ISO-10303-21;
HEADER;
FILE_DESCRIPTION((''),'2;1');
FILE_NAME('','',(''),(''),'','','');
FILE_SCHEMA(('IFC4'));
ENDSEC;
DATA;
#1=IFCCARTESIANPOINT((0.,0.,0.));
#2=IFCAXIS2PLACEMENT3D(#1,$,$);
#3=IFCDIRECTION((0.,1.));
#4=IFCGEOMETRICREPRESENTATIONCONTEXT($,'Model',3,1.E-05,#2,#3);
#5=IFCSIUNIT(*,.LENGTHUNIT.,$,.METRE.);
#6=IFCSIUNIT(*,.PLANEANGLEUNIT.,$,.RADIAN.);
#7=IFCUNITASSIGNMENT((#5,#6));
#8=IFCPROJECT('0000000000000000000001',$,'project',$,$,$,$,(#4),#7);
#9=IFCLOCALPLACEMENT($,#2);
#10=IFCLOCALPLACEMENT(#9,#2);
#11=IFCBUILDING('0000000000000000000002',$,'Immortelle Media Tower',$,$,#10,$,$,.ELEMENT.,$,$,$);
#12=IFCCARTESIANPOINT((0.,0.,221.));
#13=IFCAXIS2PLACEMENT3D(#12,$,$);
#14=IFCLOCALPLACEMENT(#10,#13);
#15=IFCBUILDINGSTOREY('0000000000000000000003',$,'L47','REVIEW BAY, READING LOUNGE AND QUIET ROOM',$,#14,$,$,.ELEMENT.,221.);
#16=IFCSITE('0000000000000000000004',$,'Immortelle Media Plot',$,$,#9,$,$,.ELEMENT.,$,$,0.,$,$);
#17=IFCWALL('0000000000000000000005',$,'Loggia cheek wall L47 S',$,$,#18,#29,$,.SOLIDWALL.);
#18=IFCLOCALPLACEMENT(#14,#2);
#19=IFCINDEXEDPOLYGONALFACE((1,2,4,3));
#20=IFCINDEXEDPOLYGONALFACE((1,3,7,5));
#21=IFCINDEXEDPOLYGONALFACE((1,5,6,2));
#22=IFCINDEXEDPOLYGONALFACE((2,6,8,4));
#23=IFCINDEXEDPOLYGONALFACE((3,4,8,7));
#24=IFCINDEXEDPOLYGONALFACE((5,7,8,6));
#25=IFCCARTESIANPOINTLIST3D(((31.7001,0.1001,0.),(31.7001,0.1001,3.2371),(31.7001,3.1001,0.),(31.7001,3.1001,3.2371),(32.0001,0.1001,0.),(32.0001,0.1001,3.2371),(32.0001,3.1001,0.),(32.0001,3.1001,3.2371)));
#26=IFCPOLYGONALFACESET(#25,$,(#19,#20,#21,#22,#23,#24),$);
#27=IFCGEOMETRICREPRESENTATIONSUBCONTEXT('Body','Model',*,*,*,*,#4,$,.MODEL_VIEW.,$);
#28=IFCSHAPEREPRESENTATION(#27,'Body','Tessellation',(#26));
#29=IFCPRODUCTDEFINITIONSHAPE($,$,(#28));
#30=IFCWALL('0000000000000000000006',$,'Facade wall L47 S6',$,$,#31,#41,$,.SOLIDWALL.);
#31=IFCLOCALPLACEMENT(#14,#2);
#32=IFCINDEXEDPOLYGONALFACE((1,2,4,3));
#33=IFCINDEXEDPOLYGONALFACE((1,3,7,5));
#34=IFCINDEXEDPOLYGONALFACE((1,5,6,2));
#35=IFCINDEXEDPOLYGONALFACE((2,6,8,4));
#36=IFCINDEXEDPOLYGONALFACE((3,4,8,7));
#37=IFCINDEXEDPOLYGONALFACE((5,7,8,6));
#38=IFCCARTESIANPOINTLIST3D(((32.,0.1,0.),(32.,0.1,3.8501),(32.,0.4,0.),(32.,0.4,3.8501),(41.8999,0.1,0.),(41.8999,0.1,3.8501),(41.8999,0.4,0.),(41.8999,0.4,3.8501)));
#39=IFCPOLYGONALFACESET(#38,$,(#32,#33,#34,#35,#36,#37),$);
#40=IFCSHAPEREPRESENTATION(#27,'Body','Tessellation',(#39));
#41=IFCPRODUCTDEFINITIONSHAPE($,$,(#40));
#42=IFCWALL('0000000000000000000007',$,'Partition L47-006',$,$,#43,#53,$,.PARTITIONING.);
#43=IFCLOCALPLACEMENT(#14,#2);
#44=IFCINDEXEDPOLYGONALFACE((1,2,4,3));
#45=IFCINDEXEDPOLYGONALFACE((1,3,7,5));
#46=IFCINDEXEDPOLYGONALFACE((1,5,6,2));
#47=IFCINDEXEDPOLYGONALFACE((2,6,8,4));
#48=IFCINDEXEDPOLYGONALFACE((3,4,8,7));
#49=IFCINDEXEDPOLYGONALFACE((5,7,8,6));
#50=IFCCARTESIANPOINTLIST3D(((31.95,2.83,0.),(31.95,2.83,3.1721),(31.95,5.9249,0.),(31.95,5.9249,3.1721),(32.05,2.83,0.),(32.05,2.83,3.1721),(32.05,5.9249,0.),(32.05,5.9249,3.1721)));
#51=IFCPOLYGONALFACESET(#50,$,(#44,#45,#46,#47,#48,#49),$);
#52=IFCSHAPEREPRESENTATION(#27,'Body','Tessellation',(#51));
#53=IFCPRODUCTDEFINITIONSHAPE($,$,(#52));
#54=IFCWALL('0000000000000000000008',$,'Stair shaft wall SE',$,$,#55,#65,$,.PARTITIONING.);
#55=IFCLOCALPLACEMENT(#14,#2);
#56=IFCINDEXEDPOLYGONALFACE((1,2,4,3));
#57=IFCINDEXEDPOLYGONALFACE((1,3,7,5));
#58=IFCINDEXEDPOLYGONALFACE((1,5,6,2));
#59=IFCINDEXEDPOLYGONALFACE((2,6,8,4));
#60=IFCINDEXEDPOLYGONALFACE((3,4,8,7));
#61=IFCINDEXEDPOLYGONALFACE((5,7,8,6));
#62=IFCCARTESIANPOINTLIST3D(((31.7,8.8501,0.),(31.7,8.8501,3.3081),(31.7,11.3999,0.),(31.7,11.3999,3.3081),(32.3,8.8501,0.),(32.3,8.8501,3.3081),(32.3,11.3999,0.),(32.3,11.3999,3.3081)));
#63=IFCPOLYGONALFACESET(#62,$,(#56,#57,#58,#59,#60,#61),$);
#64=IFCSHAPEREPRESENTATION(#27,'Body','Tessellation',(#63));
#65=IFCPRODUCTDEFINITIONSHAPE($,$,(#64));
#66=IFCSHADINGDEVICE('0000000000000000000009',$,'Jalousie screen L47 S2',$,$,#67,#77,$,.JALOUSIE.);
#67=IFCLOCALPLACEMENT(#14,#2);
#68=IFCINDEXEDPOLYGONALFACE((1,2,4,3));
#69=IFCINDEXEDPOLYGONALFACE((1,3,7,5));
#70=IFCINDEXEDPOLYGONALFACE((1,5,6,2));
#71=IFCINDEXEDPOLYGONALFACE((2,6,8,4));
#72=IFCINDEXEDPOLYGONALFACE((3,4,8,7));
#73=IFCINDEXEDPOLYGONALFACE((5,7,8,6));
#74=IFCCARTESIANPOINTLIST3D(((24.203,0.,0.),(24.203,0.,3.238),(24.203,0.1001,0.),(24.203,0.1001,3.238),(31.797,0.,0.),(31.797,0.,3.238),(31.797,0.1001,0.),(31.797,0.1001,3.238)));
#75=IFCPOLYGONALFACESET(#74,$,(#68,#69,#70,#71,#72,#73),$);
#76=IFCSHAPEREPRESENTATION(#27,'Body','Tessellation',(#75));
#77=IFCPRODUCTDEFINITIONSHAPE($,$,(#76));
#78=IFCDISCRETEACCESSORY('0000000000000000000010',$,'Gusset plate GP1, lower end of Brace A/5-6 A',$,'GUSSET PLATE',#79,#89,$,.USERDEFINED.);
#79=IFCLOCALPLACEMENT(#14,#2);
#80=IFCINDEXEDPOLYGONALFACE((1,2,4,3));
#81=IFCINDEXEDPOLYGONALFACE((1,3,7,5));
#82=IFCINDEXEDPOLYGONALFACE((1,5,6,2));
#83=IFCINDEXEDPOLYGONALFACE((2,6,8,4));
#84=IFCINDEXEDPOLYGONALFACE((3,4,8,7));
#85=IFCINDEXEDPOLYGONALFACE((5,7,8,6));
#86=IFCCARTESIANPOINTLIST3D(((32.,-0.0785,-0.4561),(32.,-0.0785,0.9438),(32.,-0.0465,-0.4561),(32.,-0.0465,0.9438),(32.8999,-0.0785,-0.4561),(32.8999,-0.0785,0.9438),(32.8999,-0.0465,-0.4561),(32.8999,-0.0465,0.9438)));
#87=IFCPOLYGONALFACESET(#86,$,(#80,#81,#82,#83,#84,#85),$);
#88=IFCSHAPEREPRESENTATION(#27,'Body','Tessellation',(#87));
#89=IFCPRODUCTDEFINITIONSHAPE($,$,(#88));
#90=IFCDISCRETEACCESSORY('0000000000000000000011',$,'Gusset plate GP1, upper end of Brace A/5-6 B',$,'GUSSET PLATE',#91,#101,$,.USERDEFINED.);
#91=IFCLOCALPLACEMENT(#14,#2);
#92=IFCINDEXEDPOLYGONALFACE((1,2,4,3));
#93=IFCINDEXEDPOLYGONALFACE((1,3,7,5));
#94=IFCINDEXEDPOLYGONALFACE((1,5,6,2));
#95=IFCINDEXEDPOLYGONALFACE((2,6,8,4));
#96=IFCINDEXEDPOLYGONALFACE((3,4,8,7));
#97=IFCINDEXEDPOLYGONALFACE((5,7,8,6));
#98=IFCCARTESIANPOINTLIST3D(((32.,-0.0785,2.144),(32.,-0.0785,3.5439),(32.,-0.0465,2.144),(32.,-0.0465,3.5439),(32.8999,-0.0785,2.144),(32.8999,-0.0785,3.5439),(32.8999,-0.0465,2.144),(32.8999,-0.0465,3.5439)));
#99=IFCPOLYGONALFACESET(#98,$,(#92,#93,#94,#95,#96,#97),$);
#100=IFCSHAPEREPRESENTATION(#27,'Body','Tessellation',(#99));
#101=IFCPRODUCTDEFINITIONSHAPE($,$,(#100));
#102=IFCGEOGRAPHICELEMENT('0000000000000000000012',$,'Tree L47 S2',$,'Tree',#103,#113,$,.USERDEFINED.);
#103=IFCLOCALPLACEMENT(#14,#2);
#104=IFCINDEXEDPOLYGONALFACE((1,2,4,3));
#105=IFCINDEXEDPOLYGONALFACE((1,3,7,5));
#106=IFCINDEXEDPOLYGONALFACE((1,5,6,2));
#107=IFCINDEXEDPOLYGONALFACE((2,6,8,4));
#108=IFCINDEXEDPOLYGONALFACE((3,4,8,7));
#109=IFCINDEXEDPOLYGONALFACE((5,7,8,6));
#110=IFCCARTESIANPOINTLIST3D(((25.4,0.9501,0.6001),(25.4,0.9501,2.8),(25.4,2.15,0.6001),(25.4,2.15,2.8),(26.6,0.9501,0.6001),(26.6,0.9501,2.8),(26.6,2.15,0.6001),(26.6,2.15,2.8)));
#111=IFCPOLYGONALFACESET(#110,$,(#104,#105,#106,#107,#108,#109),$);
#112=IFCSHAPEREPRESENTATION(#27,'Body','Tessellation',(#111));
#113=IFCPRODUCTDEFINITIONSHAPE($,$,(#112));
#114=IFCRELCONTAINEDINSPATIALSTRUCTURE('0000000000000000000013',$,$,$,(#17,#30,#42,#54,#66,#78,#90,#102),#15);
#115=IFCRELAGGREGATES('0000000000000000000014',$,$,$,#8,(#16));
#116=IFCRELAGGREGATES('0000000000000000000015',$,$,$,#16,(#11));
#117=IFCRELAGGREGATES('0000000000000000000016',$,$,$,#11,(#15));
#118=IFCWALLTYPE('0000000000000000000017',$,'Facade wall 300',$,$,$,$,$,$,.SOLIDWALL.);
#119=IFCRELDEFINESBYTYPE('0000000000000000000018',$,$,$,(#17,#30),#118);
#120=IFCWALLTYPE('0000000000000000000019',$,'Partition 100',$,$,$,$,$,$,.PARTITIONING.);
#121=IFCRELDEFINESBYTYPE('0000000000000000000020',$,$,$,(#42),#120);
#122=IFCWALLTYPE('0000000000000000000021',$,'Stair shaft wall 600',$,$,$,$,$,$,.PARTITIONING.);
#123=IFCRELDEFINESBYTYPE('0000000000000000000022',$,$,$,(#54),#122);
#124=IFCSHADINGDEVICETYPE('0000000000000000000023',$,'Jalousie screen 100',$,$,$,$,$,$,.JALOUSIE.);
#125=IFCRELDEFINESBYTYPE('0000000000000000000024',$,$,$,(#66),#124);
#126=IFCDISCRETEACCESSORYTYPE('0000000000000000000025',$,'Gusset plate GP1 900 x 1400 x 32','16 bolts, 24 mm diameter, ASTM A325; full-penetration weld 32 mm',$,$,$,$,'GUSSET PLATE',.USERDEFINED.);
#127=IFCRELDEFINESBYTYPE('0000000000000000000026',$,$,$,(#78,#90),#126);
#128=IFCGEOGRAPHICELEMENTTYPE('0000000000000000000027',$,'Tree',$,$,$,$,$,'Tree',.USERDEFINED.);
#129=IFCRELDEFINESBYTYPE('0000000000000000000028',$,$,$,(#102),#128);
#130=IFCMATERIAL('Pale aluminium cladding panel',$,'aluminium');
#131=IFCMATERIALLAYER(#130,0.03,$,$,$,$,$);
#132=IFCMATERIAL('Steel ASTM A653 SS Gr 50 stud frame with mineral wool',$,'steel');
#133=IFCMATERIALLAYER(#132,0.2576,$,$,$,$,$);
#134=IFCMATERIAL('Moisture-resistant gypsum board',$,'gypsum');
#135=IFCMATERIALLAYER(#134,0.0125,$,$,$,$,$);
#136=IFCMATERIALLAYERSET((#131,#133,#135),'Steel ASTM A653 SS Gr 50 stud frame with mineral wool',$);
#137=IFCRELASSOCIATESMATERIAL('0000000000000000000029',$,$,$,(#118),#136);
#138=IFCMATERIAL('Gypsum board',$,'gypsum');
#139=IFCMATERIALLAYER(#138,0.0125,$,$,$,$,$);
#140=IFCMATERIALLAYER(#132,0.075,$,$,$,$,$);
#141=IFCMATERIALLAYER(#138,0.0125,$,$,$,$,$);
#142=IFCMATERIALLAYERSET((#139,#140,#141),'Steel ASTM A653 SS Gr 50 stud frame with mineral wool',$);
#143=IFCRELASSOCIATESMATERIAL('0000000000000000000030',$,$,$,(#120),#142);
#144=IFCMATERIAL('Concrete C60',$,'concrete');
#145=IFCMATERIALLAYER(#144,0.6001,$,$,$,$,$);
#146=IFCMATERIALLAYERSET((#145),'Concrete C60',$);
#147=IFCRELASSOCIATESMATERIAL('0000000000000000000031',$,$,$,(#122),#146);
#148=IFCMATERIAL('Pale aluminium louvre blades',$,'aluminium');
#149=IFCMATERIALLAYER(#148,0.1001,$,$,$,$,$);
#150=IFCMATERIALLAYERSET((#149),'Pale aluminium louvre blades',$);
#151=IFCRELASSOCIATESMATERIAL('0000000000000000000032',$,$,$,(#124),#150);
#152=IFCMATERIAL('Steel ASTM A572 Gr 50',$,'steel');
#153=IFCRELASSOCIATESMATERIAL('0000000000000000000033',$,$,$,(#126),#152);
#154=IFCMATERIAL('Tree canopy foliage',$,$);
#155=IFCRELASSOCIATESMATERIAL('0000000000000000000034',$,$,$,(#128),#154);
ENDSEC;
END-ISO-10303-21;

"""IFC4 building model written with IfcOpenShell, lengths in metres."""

from ifc_helpers import new_model, si_unit, direction, frame, frame_2d, origin, origin_2d, place, context, subcontext, project, spatial, rectangle, extrude, material, layer, layer_set, material_profile, profile_set, type_object, element, save


model = new_model("IFC4")

# Units and contexts
model_context = context("Model", 3, precision=1e-05, world=origin(), true_north=direction((0.0, 1.0)))
body_context = subcontext(model_context, "Body", "Model", "MODEL_VIEW")
ifc_project = project(units=[si_unit("LENGTHUNIT", "METRE"), si_unit("PLANEANGLEUNIT", "RADIAN")], contexts=[model_context])

# Site, building, storey
site_placement = place(None, origin())
site = spatial("IfcSite", under=ifc_project, at=site_placement, Name="Immortelle Media Plot", CompositionType="ELEMENT", RefElevation=0.0)
building_placement = place(site_placement, origin())
building = spatial("IfcBuilding", under=site, at=building_placement, Name="Immortelle Media Tower", CompositionType="ELEMENT")
storey_placement = place(building_placement, frame((0.0, 0.0, 221.0)))
storey = spatial("IfcBuildingStorey", under=building, at=storey_placement, Name="L47", Description="REVIEW BAY, READING LOUNGE AND QUIET ROOM", CompositionType="ELEMENT", Elevation=221.0)

# Walls
ifc_material_1 = material(Name="Steel ASTM A653 SS Gr 50 stud frame with mineral wool", Category="steel")
ifc_material_2 = material(Name="Pale aluminium cladding panel", Category="aluminium")
ifc_layer_1 = layer(ifc_material_2, 0.03)
ifc_layer_2 = layer(ifc_material_1, 0.2576)
ifc_material_3 = material(Name="Moisture-resistant gypsum board", Category="gypsum")
ifc_layer_3 = layer(ifc_material_3, 0.0125)
ifc_layer_set_1 = layer_set([ifc_layer_1, ifc_layer_2, ifc_layer_3], Name="Steel ASTM A653 SS Gr 50 stud frame with mineral wool")
wall_type_1 = type_object("IfcWallType", Name="Facade wall 300", PredefinedType="SOLIDWALL", material=ifc_layer_set_1)
wall_1_placement = place(storey_placement, frame((31.8501, 0.1001, 0.0), z_axis=(0.0, 0.0, 1.0), x_axis=(0.0, 1.0, 0.0)))
element("IfcWall", 1, at=wall_1_placement, inside=storey, type_object=wall_type_1, Name="Loggia cheek wall L47 S", PredefinedType="SOLIDWALL", context=body_context, shape_type="SweptSolid", body=[
    extrude(rectangle(XDim=3.0, YDim=0.3, at=frame_2d((1.5, 0.0))), origin(), (0.0, 0.0, 1.0), 3.2371),
])
wall_2_placement = place(storey_placement, frame((32.0, 0.25, 0.0), z_axis=(0.0, 0.0, 1.0), x_axis=(1.0, 0.0, 0.0)))
element("IfcWall", 2, at=wall_2_placement, inside=storey, type_object=wall_type_1, Name="Facade wall L47 S6", PredefinedType="SOLIDWALL", context=body_context, shape_type="SweptSolid", body=[
    extrude(rectangle(XDim=9.8999, YDim=0.3, at=frame_2d((4.95, 0.0))), origin(), (0.0, 0.0, 1.0), 3.8501),
])
ifc_material_4 = material(Name="Gypsum board", Category="gypsum")
ifc_layer_4 = layer(ifc_material_4, 0.0125)
ifc_layer_5 = layer(ifc_material_1, 0.075)
ifc_layer_6 = layer(ifc_material_4, 0.0125)
ifc_layer_set_2 = layer_set([ifc_layer_4, ifc_layer_5, ifc_layer_6], Name="Steel ASTM A653 SS Gr 50 stud frame with mineral wool")
wall_type_2 = type_object("IfcWallType", Name="Partition 100", PredefinedType="PARTITIONING", material=ifc_layer_set_2)
wall_3_placement = place(storey_placement, frame((32.0, 2.8301, 0.0), z_axis=(0.0, 0.0, 1.0), x_axis=(0.0, 1.0, 0.0)))
element("IfcWall", 3, at=wall_3_placement, inside=storey, type_object=wall_type_2, Name="Partition L47-006", PredefinedType="PARTITIONING", context=body_context, shape_type="SweptSolid", body=[
    extrude(rectangle(XDim=3.095, YDim=0.1001, at=frame_2d((1.5474, 0.0))), origin(), (0.0, 0.0, 1.0), 3.1721),
])
ifc_material_5 = material(Name="Concrete C60", Category="concrete")
ifc_layer_7 = layer(ifc_material_5, 0.6001)
ifc_layer_set_3 = layer_set([ifc_layer_7], Name="Concrete C60")
wall_type_3 = type_object("IfcWallType", Name="Stair shaft wall 600", PredefinedType="PARTITIONING", material=ifc_layer_set_3)
wall_4_placement = place(storey_placement, frame((32.0, 8.8501, 0.0), z_axis=(0.0, 0.0, 1.0), x_axis=(0.0, 1.0, 0.0)))
element("IfcWall", 4, at=wall_4_placement, inside=storey, type_object=wall_type_3, Name="Stair shaft wall SE", PredefinedType="PARTITIONING", context=body_context, shape_type="SweptSolid", body=[
    extrude(rectangle(XDim=2.5498, YDim=0.6001, at=frame_2d((1.2749, 0.0))), origin(), (0.0, 0.0, 1.0), 3.3081),
])

# Shading device
ifc_material_6 = material(Name="Pale aluminium louvre blades", Category="aluminium")
ifc_layer_8 = layer(ifc_material_6, 0.1001)
ifc_layer_set_4 = layer_set([ifc_layer_8], Name="Pale aluminium louvre blades")
shading_device_type = type_object("IfcShadingDeviceType", Name="Jalousie screen 100", PredefinedType="JALOUSIE", material=ifc_layer_set_4)
shading_device_placement = place(storey_placement, frame((28.0, 0.05, 0.0), z_axis=(0.0, 0.0, 1.0), x_axis=(1.0, 0.0, 0.0)))
element("IfcShadingDevice", 5, at=shading_device_placement, inside=storey, type_object=shading_device_type, Name="Jalousie screen L47 S2", PredefinedType="JALOUSIE", context=body_context, shape_type="SweptSolid", body=[
    extrude(rectangle(XDim=7.594, YDim=0.1001, at=origin_2d()), origin(), (0.0, 0.0, 1.0), 3.238),
])

# Discrete accessories
ifc_material_7 = material(Name="Steel ASTM A572 Gr 50", Category="steel")
ifc_material_profile_1 = material_profile(ifc_material_7, rectangle(XDim=0.032, YDim=1.3999, at=origin_2d()), Name="PL 32 x 1400")
ifc_profile_set_1 = profile_set([ifc_material_profile_1], Name="Steel ASTM A572 Gr 50")
discrete_accessory_type = type_object("IfcDiscreteAccessoryType", Name="Gusset plate GP1 900 x 1400 x 32", Description="16 bolts, 24 mm diameter, ASTM A325; full-penetration weld 32 mm", ElementType="GUSSET PLATE", PredefinedType="USERDEFINED", material=ifc_profile_set_1)
for number, where, z_axis, x_axis, name in (
    (6, (32.0, -0.0625, 0.2439), (1.0, 0.0, 0.0), (0.0, 1.0, 0.0), "Gusset plate GP1, lower end of Brace A/5-6 A"),
    (7, (32.0, -0.0625, 2.844), (1.0, 0.0, 0.0), (0.0, 1.0, 0.0), "Gusset plate GP1, upper end of Brace A/5-6 B"),
):
    element("IfcDiscreteAccessory", number, at=place(storey_placement, frame(where, z_axis=z_axis, x_axis=x_axis)), inside=storey, type_object=discrete_accessory_type, Name=name, ObjectType="GUSSET PLATE", PredefinedType="USERDEFINED", context=body_context, shape_type="SweptSolid", body=[
        extrude(rectangle(XDim=0.032, YDim=1.3999, at=origin_2d()), origin(), (0.0, 0.0, 1.0), 0.8999),
    ])

# Geographic element
ifc_material_8 = material(Name="Tree canopy foliage")
geographic_element_type = type_object("IfcGeographicElementType", Name="Tree", ElementType="Tree", PredefinedType="USERDEFINED", material=ifc_material_8)
geographic_element_placement = place(storey_placement, frame((26.0, 1.55, 0.6001), z_axis=(0.0, 0.0, 1.0), x_axis=(1.0, 0.0, 0.0)))
element("IfcGeographicElement", 8, at=geographic_element_placement, inside=storey, type_object=geographic_element_type, Name="Tree L47 S2", ObjectType="Tree", PredefinedType="USERDEFINED", context=body_context, shape_type="SweptSolid", body=[
    extrude(rectangle(XDim=1.2, YDim=1.2, at=origin_2d()), origin(), (0.0, 0.0, 1.0), 2.2),
])

save(model, "model.ifc")
